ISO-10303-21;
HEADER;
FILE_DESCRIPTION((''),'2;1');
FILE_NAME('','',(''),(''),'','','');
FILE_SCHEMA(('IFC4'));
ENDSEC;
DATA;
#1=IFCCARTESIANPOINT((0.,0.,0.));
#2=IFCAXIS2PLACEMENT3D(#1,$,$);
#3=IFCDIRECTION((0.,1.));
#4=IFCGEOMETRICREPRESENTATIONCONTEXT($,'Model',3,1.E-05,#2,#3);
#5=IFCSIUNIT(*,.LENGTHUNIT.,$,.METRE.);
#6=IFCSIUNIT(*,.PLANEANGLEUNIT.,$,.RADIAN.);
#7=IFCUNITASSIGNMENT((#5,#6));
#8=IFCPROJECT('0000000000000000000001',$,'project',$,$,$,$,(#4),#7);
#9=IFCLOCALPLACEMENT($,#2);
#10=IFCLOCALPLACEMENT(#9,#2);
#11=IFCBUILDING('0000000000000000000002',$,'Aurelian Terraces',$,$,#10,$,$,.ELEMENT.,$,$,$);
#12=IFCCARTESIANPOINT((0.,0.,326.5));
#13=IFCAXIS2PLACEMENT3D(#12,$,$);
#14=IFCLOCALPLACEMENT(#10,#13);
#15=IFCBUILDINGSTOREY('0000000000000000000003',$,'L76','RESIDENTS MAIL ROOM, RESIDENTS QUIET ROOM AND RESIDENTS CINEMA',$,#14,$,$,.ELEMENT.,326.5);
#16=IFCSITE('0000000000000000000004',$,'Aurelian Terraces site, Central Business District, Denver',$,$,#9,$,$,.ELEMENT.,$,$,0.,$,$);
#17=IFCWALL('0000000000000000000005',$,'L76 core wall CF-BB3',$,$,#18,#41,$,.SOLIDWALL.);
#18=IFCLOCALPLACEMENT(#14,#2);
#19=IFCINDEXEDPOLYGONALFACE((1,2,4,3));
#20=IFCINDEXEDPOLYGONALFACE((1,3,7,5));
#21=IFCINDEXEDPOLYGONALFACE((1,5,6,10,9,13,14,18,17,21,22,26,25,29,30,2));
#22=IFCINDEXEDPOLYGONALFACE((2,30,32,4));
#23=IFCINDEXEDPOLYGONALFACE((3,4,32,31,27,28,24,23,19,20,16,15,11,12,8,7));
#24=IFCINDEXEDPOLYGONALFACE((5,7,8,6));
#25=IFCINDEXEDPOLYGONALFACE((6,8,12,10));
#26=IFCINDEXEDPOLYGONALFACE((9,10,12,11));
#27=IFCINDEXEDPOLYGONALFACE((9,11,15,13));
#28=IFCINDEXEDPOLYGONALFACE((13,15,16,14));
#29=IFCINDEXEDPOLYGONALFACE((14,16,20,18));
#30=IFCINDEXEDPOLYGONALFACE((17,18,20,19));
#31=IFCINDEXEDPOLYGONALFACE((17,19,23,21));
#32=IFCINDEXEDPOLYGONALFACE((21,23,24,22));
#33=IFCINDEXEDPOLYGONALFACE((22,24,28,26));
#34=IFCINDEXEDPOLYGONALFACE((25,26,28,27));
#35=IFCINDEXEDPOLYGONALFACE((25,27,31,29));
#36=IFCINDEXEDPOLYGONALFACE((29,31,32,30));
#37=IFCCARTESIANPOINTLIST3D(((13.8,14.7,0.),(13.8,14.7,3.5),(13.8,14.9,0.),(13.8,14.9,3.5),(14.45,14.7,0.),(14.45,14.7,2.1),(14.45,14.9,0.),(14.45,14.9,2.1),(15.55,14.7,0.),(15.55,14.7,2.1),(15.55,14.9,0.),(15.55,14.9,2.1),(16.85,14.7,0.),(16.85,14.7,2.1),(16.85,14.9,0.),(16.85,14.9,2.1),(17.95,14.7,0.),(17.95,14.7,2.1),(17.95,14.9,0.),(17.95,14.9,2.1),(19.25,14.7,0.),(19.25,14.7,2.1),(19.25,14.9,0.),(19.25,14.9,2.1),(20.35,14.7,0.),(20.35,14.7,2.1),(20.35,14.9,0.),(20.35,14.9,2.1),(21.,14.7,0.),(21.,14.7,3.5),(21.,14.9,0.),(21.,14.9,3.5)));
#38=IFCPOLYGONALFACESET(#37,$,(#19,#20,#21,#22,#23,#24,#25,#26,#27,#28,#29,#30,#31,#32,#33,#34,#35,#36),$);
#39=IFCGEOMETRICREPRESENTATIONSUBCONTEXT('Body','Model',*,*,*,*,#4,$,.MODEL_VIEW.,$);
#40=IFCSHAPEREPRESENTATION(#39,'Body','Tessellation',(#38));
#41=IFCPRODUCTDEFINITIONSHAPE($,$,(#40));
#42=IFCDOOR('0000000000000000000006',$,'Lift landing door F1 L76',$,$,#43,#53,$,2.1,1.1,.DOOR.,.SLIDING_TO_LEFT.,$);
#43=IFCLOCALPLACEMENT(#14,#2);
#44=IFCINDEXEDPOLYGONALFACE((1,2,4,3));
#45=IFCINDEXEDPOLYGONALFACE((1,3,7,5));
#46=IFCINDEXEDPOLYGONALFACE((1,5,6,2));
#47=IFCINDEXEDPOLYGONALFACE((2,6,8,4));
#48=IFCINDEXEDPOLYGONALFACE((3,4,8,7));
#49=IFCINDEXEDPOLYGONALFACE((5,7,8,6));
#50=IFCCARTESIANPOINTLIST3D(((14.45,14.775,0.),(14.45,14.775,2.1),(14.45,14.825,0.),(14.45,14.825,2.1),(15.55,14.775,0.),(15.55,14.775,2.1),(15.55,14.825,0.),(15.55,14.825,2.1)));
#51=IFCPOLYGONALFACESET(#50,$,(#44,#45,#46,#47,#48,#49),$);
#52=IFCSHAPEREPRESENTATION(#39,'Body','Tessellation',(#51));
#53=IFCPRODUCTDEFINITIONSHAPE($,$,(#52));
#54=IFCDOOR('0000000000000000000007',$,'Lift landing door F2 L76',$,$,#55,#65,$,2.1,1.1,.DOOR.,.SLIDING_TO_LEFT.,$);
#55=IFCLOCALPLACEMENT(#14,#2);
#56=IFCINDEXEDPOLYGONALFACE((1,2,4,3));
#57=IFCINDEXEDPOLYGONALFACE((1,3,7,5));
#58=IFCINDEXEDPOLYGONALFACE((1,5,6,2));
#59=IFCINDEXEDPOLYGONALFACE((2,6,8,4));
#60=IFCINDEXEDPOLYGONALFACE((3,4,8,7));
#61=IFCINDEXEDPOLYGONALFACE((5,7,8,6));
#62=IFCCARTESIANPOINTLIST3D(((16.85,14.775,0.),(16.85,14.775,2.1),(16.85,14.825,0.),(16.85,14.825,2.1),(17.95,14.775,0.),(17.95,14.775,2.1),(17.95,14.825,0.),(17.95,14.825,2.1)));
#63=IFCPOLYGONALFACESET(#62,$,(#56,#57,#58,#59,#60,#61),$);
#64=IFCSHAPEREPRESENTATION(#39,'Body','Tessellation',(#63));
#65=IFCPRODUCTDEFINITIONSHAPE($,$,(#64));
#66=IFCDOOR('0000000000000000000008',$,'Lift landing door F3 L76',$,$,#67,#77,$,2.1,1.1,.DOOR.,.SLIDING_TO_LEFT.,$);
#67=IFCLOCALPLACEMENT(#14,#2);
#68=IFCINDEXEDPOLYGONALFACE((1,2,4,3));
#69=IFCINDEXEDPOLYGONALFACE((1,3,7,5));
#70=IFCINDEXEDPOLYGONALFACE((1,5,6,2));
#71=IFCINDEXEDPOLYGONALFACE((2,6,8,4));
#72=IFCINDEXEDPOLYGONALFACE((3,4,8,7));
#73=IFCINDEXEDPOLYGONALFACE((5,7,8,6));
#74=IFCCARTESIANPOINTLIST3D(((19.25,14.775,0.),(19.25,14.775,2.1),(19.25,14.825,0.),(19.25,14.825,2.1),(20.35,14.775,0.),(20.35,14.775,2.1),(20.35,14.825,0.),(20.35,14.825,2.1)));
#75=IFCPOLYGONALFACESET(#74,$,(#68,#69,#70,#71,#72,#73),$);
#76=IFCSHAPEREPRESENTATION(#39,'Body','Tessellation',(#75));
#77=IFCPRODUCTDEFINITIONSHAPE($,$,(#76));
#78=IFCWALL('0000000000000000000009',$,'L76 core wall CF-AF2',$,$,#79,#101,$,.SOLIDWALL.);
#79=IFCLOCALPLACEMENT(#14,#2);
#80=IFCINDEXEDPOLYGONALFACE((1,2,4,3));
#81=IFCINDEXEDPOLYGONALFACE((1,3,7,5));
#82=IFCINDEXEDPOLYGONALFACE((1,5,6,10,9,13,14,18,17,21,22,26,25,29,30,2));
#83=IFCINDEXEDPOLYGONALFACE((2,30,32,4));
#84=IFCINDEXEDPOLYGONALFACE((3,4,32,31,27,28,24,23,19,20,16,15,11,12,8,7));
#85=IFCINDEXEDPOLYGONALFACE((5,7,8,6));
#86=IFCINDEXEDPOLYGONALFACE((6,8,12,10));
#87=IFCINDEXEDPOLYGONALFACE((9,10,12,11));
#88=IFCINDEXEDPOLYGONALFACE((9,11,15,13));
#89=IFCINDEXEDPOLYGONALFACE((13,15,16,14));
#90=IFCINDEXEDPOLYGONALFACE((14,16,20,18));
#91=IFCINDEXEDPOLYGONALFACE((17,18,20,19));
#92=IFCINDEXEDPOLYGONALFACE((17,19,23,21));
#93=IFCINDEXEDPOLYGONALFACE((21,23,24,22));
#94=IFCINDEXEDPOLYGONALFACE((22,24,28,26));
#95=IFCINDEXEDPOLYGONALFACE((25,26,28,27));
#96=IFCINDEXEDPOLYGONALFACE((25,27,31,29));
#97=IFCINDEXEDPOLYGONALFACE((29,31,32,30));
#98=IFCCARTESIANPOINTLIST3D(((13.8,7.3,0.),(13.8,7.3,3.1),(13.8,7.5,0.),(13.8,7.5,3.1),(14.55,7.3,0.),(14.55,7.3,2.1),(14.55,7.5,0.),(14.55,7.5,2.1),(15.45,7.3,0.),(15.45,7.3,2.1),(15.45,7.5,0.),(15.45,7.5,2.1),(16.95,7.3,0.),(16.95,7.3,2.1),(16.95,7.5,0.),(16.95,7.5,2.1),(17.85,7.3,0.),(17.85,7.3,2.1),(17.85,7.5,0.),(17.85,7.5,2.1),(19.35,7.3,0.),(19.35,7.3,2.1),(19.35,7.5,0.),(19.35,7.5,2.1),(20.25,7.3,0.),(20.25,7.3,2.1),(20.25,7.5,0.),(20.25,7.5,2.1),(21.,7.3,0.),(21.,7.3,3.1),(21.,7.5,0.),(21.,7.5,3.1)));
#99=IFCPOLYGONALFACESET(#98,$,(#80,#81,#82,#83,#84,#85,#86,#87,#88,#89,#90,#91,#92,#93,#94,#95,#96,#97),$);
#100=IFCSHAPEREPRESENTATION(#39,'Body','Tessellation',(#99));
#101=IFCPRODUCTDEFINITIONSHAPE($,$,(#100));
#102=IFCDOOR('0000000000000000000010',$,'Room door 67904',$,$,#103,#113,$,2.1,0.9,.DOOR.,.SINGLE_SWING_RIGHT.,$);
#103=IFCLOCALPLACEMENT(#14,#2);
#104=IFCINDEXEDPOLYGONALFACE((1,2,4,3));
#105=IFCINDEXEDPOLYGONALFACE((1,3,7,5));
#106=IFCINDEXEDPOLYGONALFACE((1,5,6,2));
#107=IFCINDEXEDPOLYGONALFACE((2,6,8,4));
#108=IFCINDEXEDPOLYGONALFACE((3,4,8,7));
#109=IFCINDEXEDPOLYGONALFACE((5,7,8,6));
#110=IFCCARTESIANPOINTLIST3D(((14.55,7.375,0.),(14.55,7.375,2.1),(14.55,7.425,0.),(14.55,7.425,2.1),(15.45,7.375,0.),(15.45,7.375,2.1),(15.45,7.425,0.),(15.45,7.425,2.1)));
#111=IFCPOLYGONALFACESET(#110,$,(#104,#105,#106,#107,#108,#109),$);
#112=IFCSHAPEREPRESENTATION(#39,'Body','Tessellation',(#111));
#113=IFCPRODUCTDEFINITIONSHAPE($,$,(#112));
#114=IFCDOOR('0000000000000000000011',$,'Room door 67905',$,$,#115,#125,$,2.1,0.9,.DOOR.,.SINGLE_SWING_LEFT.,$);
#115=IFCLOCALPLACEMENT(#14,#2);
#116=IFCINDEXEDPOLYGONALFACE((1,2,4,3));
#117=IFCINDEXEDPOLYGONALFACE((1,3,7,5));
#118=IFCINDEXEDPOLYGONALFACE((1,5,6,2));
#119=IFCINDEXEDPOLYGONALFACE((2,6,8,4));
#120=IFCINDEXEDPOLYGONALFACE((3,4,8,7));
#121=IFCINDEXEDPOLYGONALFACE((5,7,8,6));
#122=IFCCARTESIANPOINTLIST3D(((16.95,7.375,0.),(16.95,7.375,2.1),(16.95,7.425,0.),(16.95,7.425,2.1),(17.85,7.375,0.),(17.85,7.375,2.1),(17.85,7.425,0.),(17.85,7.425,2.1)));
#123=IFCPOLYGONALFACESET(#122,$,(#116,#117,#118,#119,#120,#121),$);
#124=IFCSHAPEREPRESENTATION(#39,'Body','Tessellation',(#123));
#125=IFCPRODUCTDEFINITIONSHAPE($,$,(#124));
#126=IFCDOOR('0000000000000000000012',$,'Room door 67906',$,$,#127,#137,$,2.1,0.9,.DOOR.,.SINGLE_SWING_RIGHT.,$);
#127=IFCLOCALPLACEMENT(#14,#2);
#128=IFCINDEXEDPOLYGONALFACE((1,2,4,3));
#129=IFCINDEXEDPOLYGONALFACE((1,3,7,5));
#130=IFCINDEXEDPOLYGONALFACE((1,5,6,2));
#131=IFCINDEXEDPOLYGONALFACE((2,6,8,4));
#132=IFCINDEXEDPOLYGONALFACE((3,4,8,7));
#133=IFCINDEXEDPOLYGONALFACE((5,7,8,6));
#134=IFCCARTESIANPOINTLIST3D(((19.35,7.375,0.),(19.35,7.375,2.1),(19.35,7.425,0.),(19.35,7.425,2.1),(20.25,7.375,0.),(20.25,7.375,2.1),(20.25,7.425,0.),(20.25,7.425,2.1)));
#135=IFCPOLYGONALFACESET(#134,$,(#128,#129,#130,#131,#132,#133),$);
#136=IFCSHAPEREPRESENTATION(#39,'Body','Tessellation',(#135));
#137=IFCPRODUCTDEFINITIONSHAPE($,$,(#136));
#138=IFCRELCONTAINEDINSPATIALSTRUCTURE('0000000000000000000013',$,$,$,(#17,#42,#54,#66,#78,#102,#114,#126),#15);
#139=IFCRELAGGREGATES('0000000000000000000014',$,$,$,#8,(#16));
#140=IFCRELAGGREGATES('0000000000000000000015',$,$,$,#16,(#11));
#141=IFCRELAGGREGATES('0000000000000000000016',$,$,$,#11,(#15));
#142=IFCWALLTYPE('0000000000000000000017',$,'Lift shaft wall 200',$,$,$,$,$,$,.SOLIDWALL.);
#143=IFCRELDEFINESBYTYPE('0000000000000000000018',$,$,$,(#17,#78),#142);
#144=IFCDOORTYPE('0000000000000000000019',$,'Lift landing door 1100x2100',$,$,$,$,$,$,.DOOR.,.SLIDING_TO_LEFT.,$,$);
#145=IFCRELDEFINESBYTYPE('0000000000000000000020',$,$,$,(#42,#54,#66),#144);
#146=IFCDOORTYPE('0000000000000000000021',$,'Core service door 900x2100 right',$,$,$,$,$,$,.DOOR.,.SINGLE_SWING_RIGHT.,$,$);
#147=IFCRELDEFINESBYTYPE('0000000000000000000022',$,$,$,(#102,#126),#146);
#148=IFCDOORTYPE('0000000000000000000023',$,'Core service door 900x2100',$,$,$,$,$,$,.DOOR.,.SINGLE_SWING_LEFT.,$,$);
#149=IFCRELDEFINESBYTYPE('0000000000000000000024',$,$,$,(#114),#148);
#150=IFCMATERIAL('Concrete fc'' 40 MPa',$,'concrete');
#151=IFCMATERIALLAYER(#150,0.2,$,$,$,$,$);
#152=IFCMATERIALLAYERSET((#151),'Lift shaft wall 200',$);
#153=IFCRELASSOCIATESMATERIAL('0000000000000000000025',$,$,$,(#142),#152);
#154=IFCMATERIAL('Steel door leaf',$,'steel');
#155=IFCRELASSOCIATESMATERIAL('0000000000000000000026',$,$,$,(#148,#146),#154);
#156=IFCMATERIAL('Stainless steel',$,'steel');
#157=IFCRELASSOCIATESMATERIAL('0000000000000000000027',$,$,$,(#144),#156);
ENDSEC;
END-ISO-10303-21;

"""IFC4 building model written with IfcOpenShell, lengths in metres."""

from ifc_helpers import new_model, si_unit, direction, frame, frame_2d, origin, place, context, subcontext, project, spatial, rectangle, extrude, source, transform, mapped, material, layer, layer_set, type_object, element, fill, save


model = new_model("IFC4")

# Units and contexts
model_context = context("Model", 3, precision=1e-05, world=origin(), true_north=direction((0.0, 1.0)))
body_context = subcontext(model_context, "Body", "Model", "MODEL_VIEW")
ifc_project = project(units=[si_unit("LENGTHUNIT", "METRE"), si_unit("PLANEANGLEUNIT", "RADIAN")], contexts=[model_context])

# Site, building, storey
site_placement = place(None, origin())
site = spatial("IfcSite", under=ifc_project, at=site_placement, Name="Aurelian Terraces site, Central Business District, Denver", CompositionType="ELEMENT", RefElevation=0.0)
building_placement = place(site_placement, origin())
building = spatial("IfcBuilding", under=site, at=building_placement, Name="Aurelian Terraces", CompositionType="ELEMENT")
storey_placement = place(building_placement, frame((0.0, 0.0, 326.5)))
storey = spatial("IfcBuildingStorey", under=building, at=storey_placement, Name="L76", Description="RESIDENTS MAIL ROOM, RESIDENTS QUIET ROOM AND RESIDENTS CINEMA", CompositionType="ELEMENT", Elevation=326.5)

# Shared definitions
ifc_material_1 = material(Name="Concrete fc' 40 MPa", Category="concrete")
ifc_layer_1 = layer(ifc_material_1, 0.2)
ifc_layer_set_1 = layer_set([ifc_layer_1], Name="Lift shaft wall 200")
wall_type_1 = type_object("IfcWallType", Name="Lift shaft wall 200", PredefinedType="SOLIDWALL", material=ifc_layer_set_1)

# Shared definitions
shared_shape_1 = source(origin(), body_context, "Body", "SweptSolid", [
    extrude(rectangle(XDim=0.9, YDim=2.1, at=frame_2d((0.45, 1.05))), frame((0.0, 0.11, 0.0), z_axis=(0.0, -1.0, 0.0), x_axis=(1.0, 0.0, 0.0)), (0.0, 0.0, 1.0), 0.22),
])
ifc_material_2 = material(Name="Steel door leaf", Category="steel")
door_type_1 = type_object("IfcDoorType", Name="Core service door 900x2100", OperationType="SINGLE_SWING_LEFT", PredefinedType="DOOR", material=ifc_material_2)
shared_shape_2 = source(origin(), body_context, "Body", "SweptSolid", [
    extrude(rectangle(XDim=0.9, YDim=2.1, at=frame_2d((0.45, 1.05))), frame((0.0, 0.025, 0.0), z_axis=(0.0, -1.0, 0.0), x_axis=(1.0, 0.0, 0.0)), (0.0, 0.0, 1.0), 0.05),
])

# Shared definitions
shared_shape_3 = source(origin(), body_context, "Body", "SweptSolid", [
    extrude(rectangle(XDim=7.2, YDim=0.2, at=frame_2d((3.6, 0.0))), origin(), (0.0, 0.0, 1.0), 3.5),
])

# Walls, openings, doors
wall_1_placement = place(storey_placement, frame((13.8, 14.8, 0.0), z_axis=(0.0, 0.0, 1.0), x_axis=(1.0, 0.0, 0.0)))
wall_1 = element("IfcWall", 1, at=wall_1_placement, inside=storey, type_object=wall_type_1, Name="L76 core wall CF-BB3", PredefinedType="SOLIDWALL", context=body_context, shape_type="MappedRepresentation", body=[
    mapped(shared_shape_3, transform((0.0, 0.0, 0.0), scale=1.0)),
])
shared_shape_4 = source(origin(), body_context, "Body", "SweptSolid", [
    extrude(rectangle(XDim=1.1, YDim=2.1, at=frame_2d((0.55, 1.05))), frame((0.0, 0.11, 0.0), z_axis=(0.0, -1.0, 0.0), x_axis=(1.0, 0.0, 0.0)), (0.0, 0.0, 1.0), 0.22),
])
opening_1_placement = place(wall_1_placement, frame((0.65, 0.0, 0.0)))
opening_1 = element("IfcOpeningElement", 2, at=opening_1_placement, cuts=wall_1, PredefinedType="OPENING", context=body_context, shape_type="MappedRepresentation", body=[
    mapped(shared_shape_4, transform((0.0, 0.0, 0.0), scale=1.0)),
])
opening_2_placement = place(wall_1_placement, frame((3.05, 0.0, 0.0)))
opening_2 = element("IfcOpeningElement", 3, at=opening_2_placement, cuts=wall_1, PredefinedType="OPENING", context=body_context, shape_type="MappedRepresentation", body=[
    mapped(shared_shape_4, transform((0.0, 0.0, 0.0), scale=1.0)),
])
opening_3_placement = place(wall_1_placement, frame((5.45, 0.0, 0.0)))
opening_3 = element("IfcOpeningElement", 4, at=opening_3_placement, cuts=wall_1, PredefinedType="OPENING", context=body_context, shape_type="MappedRepresentation", body=[
    mapped(shared_shape_4, transform((0.0, 0.0, 0.0), scale=1.0)),
])
ifc_material_3 = material(Name="Stainless steel", Category="steel")
door_type_2 = type_object("IfcDoorType", Name="Lift landing door 1100x2100", OperationType="SLIDING_TO_LEFT", PredefinedType="DOOR", material=ifc_material_3)
shared_shape_5 = source(origin(), body_context, "Body", "SweptSolid", [
    extrude(rectangle(XDim=1.1, YDim=2.1, at=frame_2d((0.55, 1.05))), frame((0.0, 0.025, 0.0), z_axis=(0.0, -1.0, 0.0), x_axis=(1.0, 0.0, 0.0)), (0.0, 0.0, 1.0), 0.05),
])
door_1_placement = place(opening_1_placement, origin())
door_1 = element("IfcDoor", 5, at=door_1_placement, inside=storey, type_object=door_type_2, Name="Lift landing door F1 L76", OperationType="SLIDING_TO_LEFT", OverallHeight=2.1, OverallWidth=1.1, PredefinedType="DOOR", context=body_context, shape_type="MappedRepresentation", body=[
    mapped(shared_shape_5, transform((0.0, 0.0, 0.0), scale=1.0)),
])
fill(opening_1, door_1)
door_2_placement = place(opening_2_placement, origin())
door_2 = element("IfcDoor", 6, at=door_2_placement, inside=storey, type_object=door_type_2, Name="Lift landing door F2 L76", OperationType="SLIDING_TO_LEFT", OverallHeight=2.1, OverallWidth=1.1, PredefinedType="DOOR", context=body_context, shape_type="MappedRepresentation", body=[
    mapped(shared_shape_5, transform((0.0, 0.0, 0.0), scale=1.0)),
])
fill(opening_2, door_2)
door_3_placement = place(opening_3_placement, origin())
door_3 = element("IfcDoor", 7, at=door_3_placement, inside=storey, type_object=door_type_2, Name="Lift landing door F3 L76", OperationType="SLIDING_TO_LEFT", OverallHeight=2.1, OverallWidth=1.1, PredefinedType="DOOR", context=body_context, shape_type="MappedRepresentation", body=[
    mapped(shared_shape_5, transform((0.0, 0.0, 0.0), scale=1.0)),
])
fill(opening_3, door_3)
shared_shape_6 = source(origin(), body_context, "Body", "SweptSolid", [
    extrude(rectangle(XDim=7.2, YDim=0.2, at=frame_2d((3.6, 0.0))), origin(), (0.0, 0.0, 1.0), 3.1),
])
wall_2_placement = place(storey_placement, frame((13.8, 7.4, 0.0), z_axis=(0.0, 0.0, 1.0), x_axis=(1.0, 0.0, 0.0)))
wall_2 = element("IfcWall", 8, at=wall_2_placement, inside=storey, type_object=wall_type_1, Name="L76 core wall CF-AF2", PredefinedType="SOLIDWALL", context=body_context, shape_type="MappedRepresentation", body=[
    mapped(shared_shape_6, transform((0.0, 0.0, 0.0), scale=1.0)),
])
opening_4_placement = place(wall_2_placement, frame((0.75, 0.0, 0.0)))
opening_4 = element("IfcOpeningElement", 9, at=opening_4_placement, cuts=wall_2, PredefinedType="OPENING", context=body_context, shape_type="MappedRepresentation", body=[
    mapped(shared_shape_1, transform((0.0, 0.0, 0.0), scale=1.0)),
])
opening_5_placement = place(wall_2_placement, frame((3.15, 0.0, 0.0)))
opening_5 = element("IfcOpeningElement", 10, at=opening_5_placement, cuts=wall_2, PredefinedType="OPENING", context=body_context, shape_type="MappedRepresentation", body=[
    mapped(shared_shape_1, transform((0.0, 0.0, 0.0), scale=1.0)),
])
opening_6_placement = place(wall_2_placement, frame((5.55, 0.0, 0.0)))
opening_6 = element("IfcOpeningElement", 11, at=opening_6_placement, cuts=wall_2, PredefinedType="OPENING", context=body_context, shape_type="MappedRepresentation", body=[
    mapped(shared_shape_1, transform((0.0, 0.0, 0.0), scale=1.0)),
])
door_type_3 = type_object("IfcDoorType", Name="Core service door 900x2100 right", OperationType="SINGLE_SWING_RIGHT", PredefinedType="DOOR", material=ifc_material_2)
door_4_placement = place(opening_4_placement, origin())
door_4 = element("IfcDoor", 12, at=door_4_placement, inside=storey, type_object=door_type_3, Name="Room door 67904", OperationType="SINGLE_SWING_RIGHT", OverallHeight=2.1, OverallWidth=0.9, PredefinedType="DOOR", context=body_context, shape_type="MappedRepresentation", body=[
    mapped(shared_shape_2, transform((0.0, 0.0, 0.0), scale=1.0)),
])
fill(opening_4, door_4)
door_5_placement = place(opening_5_placement, origin())
door_5 = element("IfcDoor", 13, at=door_5_placement, inside=storey, type_object=door_type_1, Name="Room door 67905", OperationType="SINGLE_SWING_LEFT", OverallHeight=2.1, OverallWidth=0.9, PredefinedType="DOOR", context=body_context, shape_type="MappedRepresentation", body=[
    mapped(shared_shape_2, transform((0.0, 0.0, 0.0), scale=1.0)),
])
fill(opening_5, door_5)
door_6_placement = place(opening_6_placement, origin())
door_6 = element("IfcDoor", 14, at=door_6_placement, inside=storey, type_object=door_type_3, Name="Room door 67906", OperationType="SINGLE_SWING_RIGHT", OverallHeight=2.1, OverallWidth=0.9, PredefinedType="DOOR", context=body_context, shape_type="MappedRepresentation", body=[
    mapped(shared_shape_2, transform((0.0, 0.0, 0.0), scale=1.0)),
])
fill(opening_6, door_6)

save(model, "model.ifc")
